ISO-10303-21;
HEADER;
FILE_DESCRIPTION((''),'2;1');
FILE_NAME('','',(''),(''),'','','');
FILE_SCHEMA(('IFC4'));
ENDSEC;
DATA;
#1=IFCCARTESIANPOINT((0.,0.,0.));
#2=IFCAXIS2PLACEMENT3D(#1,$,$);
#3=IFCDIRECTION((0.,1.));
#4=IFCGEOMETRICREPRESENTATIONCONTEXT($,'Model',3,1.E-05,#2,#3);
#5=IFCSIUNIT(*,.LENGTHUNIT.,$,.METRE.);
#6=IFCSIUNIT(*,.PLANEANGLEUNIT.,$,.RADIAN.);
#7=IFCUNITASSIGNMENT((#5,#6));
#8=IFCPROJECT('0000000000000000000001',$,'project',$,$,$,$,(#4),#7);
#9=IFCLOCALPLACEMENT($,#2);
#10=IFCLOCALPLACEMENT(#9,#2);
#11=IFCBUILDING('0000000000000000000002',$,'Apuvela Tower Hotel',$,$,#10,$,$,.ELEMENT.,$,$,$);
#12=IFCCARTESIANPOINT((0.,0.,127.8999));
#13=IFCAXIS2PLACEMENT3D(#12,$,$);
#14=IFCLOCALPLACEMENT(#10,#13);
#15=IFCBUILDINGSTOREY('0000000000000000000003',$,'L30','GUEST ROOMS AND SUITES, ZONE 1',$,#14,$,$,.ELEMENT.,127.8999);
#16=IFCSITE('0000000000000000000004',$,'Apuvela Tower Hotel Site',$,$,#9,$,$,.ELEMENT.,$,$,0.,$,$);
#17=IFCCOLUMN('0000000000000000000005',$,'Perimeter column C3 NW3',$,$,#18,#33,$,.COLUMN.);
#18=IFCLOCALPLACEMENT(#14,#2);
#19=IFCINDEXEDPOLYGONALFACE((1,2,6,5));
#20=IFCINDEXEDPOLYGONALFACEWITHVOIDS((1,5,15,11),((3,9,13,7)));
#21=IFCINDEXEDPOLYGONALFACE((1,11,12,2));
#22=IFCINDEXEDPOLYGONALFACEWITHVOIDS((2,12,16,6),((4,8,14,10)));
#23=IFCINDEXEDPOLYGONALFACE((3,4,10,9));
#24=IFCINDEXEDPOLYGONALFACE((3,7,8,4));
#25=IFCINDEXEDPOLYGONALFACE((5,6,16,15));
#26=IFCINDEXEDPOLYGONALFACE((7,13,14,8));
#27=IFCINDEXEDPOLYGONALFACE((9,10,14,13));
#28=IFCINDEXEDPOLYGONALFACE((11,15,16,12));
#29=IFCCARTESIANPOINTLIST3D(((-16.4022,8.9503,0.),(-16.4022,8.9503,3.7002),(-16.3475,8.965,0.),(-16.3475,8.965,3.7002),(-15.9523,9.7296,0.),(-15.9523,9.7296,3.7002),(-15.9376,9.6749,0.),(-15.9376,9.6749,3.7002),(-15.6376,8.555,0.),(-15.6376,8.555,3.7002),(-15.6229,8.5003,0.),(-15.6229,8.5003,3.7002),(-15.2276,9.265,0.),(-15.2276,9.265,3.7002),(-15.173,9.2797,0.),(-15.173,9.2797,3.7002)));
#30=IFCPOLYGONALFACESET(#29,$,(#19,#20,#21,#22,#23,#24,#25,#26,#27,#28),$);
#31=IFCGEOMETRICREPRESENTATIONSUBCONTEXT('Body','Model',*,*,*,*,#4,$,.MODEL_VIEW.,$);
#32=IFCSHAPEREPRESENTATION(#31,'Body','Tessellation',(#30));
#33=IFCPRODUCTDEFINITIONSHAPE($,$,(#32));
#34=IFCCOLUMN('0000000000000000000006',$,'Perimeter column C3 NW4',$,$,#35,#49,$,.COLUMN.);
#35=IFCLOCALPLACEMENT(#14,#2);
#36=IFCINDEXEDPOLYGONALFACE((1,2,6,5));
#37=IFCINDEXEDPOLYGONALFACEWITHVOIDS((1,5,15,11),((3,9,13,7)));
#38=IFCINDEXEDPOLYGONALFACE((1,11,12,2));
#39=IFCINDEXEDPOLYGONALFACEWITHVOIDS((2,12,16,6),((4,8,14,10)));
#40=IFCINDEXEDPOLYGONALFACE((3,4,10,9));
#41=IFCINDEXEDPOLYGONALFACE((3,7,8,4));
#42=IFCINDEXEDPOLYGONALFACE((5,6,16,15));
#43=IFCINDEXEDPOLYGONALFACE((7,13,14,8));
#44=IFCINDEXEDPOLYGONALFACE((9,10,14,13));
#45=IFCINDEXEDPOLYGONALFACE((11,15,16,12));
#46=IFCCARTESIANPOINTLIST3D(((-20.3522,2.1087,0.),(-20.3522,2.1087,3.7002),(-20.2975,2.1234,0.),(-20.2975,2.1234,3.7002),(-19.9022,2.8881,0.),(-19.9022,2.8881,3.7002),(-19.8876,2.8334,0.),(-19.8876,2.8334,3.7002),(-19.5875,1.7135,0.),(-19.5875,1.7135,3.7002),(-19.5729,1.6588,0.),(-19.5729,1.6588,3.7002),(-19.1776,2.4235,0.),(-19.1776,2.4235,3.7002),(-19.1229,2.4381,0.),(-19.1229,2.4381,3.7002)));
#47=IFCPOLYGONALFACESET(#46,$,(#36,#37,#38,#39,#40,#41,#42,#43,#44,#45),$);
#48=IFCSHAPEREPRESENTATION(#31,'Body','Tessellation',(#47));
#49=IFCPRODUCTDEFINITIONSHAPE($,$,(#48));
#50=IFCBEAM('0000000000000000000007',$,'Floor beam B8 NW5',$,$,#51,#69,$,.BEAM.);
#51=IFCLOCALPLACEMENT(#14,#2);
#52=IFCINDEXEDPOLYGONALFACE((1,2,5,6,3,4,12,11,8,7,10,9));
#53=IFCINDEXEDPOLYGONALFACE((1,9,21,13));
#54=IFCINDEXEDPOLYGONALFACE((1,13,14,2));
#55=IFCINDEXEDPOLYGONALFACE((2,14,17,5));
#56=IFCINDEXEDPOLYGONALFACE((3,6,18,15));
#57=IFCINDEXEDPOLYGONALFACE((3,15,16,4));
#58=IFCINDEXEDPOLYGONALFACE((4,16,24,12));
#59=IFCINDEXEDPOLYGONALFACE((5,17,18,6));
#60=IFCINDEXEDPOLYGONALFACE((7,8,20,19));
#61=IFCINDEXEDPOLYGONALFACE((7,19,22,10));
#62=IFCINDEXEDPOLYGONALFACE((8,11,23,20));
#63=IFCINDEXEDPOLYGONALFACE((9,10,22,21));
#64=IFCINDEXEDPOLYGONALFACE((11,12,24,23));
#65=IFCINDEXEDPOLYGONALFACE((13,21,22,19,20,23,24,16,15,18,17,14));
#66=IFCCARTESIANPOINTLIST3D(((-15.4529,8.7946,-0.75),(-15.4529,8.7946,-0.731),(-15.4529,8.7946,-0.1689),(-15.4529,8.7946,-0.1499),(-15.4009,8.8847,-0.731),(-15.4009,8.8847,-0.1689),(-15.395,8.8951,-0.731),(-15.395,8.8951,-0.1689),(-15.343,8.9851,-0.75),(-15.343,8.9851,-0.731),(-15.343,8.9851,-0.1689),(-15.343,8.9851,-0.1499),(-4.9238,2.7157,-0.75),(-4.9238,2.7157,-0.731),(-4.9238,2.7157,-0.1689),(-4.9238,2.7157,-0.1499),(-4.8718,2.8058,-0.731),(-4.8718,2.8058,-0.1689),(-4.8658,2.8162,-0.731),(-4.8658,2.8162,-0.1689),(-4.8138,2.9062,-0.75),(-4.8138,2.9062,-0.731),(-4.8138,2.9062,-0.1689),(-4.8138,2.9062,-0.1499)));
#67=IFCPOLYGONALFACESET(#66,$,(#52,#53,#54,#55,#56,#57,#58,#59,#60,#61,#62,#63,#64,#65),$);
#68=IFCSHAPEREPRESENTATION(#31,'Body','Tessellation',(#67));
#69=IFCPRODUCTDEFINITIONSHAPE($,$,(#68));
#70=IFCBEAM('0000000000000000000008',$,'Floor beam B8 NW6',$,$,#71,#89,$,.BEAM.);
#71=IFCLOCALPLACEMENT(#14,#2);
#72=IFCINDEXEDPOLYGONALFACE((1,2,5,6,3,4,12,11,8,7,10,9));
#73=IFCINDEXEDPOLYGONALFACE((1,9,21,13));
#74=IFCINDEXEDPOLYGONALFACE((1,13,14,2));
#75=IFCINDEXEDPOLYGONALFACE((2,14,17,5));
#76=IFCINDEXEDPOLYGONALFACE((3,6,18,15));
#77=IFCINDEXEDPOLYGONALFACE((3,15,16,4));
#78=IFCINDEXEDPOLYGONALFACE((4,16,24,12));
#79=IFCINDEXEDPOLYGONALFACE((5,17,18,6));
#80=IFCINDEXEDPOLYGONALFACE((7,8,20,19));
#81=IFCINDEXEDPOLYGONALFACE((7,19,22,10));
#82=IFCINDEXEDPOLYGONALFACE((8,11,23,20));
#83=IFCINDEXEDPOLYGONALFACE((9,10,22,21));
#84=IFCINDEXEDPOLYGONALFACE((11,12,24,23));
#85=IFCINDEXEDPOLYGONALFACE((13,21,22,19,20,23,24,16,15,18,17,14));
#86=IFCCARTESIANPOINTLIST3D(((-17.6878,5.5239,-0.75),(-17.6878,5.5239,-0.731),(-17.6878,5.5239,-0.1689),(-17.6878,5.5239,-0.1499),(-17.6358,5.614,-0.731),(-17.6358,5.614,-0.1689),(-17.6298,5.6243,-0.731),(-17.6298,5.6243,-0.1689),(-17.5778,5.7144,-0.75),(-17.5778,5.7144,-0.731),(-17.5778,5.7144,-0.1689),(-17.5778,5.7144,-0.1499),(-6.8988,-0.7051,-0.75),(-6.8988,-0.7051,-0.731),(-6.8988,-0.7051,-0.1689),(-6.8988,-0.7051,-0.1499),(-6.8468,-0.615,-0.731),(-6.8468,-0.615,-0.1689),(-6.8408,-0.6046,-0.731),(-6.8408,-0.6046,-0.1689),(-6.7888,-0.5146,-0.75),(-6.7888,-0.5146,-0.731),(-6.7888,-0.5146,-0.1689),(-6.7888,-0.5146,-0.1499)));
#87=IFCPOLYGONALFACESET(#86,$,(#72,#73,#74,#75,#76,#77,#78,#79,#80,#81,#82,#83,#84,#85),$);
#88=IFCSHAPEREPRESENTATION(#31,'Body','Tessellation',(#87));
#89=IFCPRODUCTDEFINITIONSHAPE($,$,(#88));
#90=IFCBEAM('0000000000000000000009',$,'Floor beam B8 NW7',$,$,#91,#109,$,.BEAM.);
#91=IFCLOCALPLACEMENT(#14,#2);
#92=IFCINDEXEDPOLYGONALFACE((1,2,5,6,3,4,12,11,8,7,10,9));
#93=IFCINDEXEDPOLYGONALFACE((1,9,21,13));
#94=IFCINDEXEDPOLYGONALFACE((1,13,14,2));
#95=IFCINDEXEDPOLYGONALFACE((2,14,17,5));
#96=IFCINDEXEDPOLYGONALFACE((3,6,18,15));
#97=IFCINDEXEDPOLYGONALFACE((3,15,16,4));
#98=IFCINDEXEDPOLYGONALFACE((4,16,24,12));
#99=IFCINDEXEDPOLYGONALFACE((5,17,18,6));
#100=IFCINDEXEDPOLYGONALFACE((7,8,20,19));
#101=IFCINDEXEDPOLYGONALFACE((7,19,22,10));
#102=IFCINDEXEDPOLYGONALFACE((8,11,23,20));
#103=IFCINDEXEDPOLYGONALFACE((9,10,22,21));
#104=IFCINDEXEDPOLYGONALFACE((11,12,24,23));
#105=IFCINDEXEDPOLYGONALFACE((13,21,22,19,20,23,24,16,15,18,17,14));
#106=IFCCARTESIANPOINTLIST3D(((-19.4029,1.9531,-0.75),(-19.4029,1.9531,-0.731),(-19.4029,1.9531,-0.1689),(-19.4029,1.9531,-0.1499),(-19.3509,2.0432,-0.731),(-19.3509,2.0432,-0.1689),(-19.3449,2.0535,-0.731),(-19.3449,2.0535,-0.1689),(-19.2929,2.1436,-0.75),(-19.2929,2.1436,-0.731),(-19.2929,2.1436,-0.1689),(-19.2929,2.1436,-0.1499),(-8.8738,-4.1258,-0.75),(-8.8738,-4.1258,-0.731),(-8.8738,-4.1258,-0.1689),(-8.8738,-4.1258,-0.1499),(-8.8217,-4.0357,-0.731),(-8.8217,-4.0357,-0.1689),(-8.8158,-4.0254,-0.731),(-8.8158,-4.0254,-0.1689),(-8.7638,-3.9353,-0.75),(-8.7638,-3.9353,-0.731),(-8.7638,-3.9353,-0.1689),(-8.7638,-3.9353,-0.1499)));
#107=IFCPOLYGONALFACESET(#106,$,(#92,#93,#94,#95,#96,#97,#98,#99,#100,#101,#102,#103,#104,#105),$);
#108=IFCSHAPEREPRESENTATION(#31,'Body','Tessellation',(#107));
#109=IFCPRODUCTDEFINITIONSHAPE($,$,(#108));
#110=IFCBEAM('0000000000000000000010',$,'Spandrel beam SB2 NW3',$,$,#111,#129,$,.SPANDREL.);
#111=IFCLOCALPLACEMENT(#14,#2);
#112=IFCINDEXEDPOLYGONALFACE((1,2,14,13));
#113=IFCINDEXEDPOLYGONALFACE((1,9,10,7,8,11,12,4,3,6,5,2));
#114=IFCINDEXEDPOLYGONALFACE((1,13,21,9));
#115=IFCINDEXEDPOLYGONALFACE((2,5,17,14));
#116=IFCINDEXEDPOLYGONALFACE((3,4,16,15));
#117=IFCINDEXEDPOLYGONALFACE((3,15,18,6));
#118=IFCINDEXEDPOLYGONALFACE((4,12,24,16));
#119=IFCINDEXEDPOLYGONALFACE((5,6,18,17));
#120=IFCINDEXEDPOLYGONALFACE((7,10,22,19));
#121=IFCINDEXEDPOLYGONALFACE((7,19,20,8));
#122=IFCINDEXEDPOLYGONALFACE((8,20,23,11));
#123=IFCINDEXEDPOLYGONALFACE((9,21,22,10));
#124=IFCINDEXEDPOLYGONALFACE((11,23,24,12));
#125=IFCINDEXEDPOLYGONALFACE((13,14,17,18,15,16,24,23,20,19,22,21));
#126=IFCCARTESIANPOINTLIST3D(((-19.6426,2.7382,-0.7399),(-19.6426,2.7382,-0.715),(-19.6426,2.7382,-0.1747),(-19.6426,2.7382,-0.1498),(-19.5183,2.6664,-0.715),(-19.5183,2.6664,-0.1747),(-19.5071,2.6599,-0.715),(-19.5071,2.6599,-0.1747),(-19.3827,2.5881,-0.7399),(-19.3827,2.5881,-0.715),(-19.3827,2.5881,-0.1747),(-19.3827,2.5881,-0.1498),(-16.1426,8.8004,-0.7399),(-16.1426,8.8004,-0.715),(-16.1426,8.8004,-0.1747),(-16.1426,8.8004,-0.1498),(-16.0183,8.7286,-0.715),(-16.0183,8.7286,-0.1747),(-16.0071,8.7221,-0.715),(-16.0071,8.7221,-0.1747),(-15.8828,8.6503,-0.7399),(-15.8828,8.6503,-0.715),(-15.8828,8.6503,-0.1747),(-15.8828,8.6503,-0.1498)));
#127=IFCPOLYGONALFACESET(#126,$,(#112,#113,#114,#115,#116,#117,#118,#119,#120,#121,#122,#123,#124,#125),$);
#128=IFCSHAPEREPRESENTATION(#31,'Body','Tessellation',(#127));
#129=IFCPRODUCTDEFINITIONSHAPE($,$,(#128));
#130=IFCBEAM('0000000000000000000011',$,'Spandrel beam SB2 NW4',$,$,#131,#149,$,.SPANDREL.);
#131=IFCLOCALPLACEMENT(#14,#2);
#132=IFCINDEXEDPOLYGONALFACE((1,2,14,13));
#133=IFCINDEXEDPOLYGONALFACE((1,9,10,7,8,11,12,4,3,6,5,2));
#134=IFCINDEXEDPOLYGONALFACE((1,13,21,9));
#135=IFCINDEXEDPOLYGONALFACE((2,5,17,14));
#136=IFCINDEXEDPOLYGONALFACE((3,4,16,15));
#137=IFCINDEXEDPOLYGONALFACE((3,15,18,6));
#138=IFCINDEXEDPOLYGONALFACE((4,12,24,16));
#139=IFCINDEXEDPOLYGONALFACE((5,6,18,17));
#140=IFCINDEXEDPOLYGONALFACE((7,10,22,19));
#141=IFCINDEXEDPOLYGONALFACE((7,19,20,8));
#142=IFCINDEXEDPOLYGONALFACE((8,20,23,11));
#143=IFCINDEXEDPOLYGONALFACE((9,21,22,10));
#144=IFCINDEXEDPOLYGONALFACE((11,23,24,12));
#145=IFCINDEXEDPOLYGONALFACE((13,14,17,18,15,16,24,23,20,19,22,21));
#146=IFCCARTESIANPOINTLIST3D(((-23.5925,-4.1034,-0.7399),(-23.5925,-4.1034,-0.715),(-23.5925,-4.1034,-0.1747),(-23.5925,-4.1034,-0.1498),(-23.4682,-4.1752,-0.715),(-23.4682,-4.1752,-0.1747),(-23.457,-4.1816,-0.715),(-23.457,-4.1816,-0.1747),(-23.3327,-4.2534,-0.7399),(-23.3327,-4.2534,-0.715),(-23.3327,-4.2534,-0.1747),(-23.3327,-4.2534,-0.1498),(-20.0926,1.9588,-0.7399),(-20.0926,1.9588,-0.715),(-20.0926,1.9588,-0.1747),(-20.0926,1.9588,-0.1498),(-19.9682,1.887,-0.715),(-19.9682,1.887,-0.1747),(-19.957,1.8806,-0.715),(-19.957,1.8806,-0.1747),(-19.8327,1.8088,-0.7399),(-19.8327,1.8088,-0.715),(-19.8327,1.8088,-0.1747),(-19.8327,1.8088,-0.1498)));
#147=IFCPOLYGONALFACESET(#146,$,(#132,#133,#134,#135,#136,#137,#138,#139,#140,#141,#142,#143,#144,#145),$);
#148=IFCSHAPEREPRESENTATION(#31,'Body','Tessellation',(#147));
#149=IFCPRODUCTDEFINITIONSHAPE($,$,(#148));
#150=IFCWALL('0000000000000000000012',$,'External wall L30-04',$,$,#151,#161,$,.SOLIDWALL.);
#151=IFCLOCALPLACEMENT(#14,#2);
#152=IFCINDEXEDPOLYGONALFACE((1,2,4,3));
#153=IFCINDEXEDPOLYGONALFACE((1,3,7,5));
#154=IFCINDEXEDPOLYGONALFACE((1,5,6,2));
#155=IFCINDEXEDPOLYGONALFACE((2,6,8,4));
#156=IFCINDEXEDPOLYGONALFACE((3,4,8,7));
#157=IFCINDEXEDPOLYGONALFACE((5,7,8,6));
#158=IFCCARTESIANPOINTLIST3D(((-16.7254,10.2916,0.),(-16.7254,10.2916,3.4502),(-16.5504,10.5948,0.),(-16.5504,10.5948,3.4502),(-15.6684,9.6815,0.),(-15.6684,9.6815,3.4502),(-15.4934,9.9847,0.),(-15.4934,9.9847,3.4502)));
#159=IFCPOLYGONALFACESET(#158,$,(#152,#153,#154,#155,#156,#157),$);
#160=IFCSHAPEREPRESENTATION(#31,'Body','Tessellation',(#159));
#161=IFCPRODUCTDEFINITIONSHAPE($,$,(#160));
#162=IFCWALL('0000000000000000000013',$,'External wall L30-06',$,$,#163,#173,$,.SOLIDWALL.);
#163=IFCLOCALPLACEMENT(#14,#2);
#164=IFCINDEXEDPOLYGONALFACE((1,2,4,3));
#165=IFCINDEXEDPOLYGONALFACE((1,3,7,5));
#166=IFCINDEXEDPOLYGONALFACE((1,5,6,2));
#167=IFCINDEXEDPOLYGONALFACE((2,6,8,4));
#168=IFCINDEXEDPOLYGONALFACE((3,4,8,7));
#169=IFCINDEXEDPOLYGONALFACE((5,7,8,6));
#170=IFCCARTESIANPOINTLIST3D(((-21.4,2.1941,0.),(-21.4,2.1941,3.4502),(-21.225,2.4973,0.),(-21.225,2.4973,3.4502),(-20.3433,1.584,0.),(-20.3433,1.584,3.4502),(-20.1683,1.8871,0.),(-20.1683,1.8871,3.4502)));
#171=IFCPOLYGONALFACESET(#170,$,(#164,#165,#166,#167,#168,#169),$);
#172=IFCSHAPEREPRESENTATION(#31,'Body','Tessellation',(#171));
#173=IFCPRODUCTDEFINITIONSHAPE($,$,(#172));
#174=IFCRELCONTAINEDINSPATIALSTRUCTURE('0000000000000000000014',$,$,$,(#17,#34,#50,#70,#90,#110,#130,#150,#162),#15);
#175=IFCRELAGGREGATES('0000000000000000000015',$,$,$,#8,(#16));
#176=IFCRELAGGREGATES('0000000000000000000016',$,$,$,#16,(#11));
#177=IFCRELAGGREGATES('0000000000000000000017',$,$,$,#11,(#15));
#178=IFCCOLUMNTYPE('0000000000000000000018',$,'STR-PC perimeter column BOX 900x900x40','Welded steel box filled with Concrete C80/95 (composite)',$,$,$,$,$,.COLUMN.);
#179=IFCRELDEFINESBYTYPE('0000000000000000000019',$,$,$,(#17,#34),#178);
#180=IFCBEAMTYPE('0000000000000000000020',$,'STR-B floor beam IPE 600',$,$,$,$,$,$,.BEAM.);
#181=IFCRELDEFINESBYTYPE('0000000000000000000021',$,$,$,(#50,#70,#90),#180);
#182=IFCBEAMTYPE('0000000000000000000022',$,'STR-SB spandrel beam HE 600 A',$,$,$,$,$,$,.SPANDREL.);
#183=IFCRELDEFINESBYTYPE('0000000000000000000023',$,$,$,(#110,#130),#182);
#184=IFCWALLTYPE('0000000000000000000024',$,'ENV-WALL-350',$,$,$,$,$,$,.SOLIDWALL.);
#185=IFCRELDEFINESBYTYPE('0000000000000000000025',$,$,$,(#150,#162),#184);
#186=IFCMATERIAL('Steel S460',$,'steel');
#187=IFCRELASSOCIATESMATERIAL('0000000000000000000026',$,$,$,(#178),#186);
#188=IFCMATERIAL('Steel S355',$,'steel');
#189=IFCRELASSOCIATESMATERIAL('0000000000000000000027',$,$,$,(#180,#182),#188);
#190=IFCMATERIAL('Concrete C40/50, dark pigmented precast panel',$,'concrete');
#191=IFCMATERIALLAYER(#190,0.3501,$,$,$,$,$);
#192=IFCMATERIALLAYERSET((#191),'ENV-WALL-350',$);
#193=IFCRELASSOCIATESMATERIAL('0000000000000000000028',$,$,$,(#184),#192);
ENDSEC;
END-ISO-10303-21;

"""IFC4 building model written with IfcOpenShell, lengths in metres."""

from ifc_helpers import new_model, si_unit, direction, frame, frame_2d, origin, origin_2d, place, context, subcontext, project, spatial, rectangle, hollow_rectangle, i_section, extrude, material, layer, layer_set, material_profile, profile_set, type_object, element, save


model = new_model("IFC4")

# Units and contexts
model_context = context("Model", 3, precision=1e-05, world=origin(), true_north=direction((0.0, 1.0)))
body_context = subcontext(model_context, "Body", "Model", "MODEL_VIEW")
ifc_project = project(units=[si_unit("LENGTHUNIT", "METRE"), si_unit("PLANEANGLEUNIT", "RADIAN")], contexts=[model_context])

# Site, building, storey
site_placement = place(None, origin())
site = spatial("IfcSite", under=ifc_project, at=site_placement, Name="Apuvela Tower Hotel Site", CompositionType="ELEMENT", RefElevation=0.0)
building_placement = place(site_placement, origin())
building = spatial("IfcBuilding", under=site, at=building_placement, Name="Apuvela Tower Hotel", CompositionType="ELEMENT")
storey_placement = place(building_placement, frame((0.0, 0.0, 127.8999)))
storey = spatial("IfcBuildingStorey", under=building, at=storey_placement, Name="L30", Description="GUEST ROOMS AND SUITES, ZONE 1", CompositionType="ELEMENT", Elevation=127.8999)

# Columns
ifc_material_1 = material(Name="Steel S460", Category="steel")
ifc_material_profile_1 = material_profile(ifc_material_1, hollow_rectangle(XDim=0.8999, YDim=0.8999, WallThickness=0.04, at=origin_2d()), Name="BOX 900x900x40")
ifc_material_2 = material(Name="Concrete C80/95", Category="concrete")
ifc_material_profile_2 = material_profile(ifc_material_2, rectangle(XDim=0.8201, YDim=0.8201, at=origin_2d()), Name="Concrete C80/95 infill")
ifc_profile_set_1 = profile_set([ifc_material_profile_1, ifc_material_profile_2], Name="Steel S460")
column_type = type_object("IfcColumnType", Name="STR-PC perimeter column BOX 900x900x40", Description="Welded steel box filled with Concrete C80/95 (composite)", PredefinedType="COLUMN", material=ifc_profile_set_1)
for number, where, z_axis, x_axis, name in (
    (1, (-15.7876, 9.115, 0.0), (0.0, 0.0, 1.0), (0.5, 0.866025, 0.0), "Perimeter column C3 NW3"),
    (2, (-19.7375, 2.2734, 0.0), (0.0, 0.0, 1.0), (0.5, 0.866025, 0.0), "Perimeter column C3 NW4"),
):
    element("IfcColumn", number, at=place(storey_placement, frame(where, z_axis=z_axis, x_axis=x_axis)), inside=storey, type_object=column_type, Name=name, PredefinedType="COLUMN", context=body_context, shape_type="SweptSolid", body=[
        extrude(hollow_rectangle(XDim=0.8999, YDim=0.8999, WallThickness=0.04, at=origin_2d()), origin(), (0.0, 0.0, 1.0), 3.7002),
    ])

# Beams
ifc_material_3 = material(Name="Steel S355", Category="steel")
ifc_material_profile_3 = material_profile(ifc_material_3, i_section(OverallWidth=0.22, OverallDepth=0.6001, WebThickness=0.012, FlangeThickness=0.019, at=origin_2d()), Name="IPE 600")
ifc_profile_set_2 = profile_set([ifc_material_profile_3], Name="Steel S355")
beam_type_1 = type_object("IfcBeamType", Name="STR-B floor beam IPE 600", PredefinedType="BEAM", material=ifc_profile_set_2)
beam_1_placement = place(storey_placement, frame((-15.3979, 8.8899, -0.45), z_axis=(0.866029, -0.499994, 0.0), x_axis=(0.499994, 0.866029, 0.0)))
element("IfcBeam", 3, at=beam_1_placement, inside=storey, type_object=beam_type_1, Name="Floor beam B8 NW5", PredefinedType="BEAM", context=body_context, shape_type="SweptSolid", body=[
    extrude(i_section(OverallWidth=0.22, OverallDepth=0.6001, WebThickness=0.012, FlangeThickness=0.019, at=origin_2d()), origin(), (0.0, 0.0, 1.0), 12.158),
])
beam_2_placement = place(storey_placement, frame((-17.6328, 5.6191, -0.45), z_axis=(0.866028, -0.499996, 0.0), x_axis=(0.499996, 0.866028, 0.0)))
element("IfcBeam", 4, at=beam_2_placement, inside=storey, type_object=beam_type_1, Name="Floor beam B8 NW6", PredefinedType="BEAM", context=body_context, shape_type="SweptSolid", body=[
    extrude(i_section(OverallWidth=0.22, OverallDepth=0.6001, WebThickness=0.012, FlangeThickness=0.019, at=origin_2d()), origin(), (0.0, 0.0, 1.0), 12.458),
])
beam_3_placement = place(storey_placement, frame((-19.3479, 2.0483, -0.45), z_axis=(0.866029, -0.499994, 0.0), x_axis=(0.499994, 0.866029, 0.0)))
element("IfcBeam", 5, at=beam_3_placement, inside=storey, type_object=beam_type_1, Name="Floor beam B8 NW7", PredefinedType="BEAM", context=body_context, shape_type="SweptSolid", body=[
    extrude(i_section(OverallWidth=0.22, OverallDepth=0.6001, WebThickness=0.012, FlangeThickness=0.019, at=origin_2d()), origin(), (0.0, 0.0, 1.0), 12.158),
])
ifc_material_profile_4 = material_profile(ifc_material_3, i_section(OverallWidth=0.3, OverallDepth=0.5901, WebThickness=0.0129, FlangeThickness=0.0249, at=origin_2d()), Name="HE 600 A")
ifc_profile_set_3 = profile_set([ifc_material_profile_4], Name="Steel S355")
beam_type_2 = type_object("IfcBeamType", Name="STR-SB spandrel beam HE 600 A", PredefinedType="SPANDREL", material=ifc_profile_set_3)
for number, where, z_axis, x_axis, name in (
    (6, (-16.0127, 8.7253, -0.4448), (-0.499995, -0.866028, 0.0), (0.866028, -0.499995, 0.0), "Spandrel beam SB2 NW3"),
    (7, (-19.9626, 1.8838, -0.4448), (-0.499995, -0.866028, 0.0), (0.866028, -0.499995, 0.0), "Spandrel beam SB2 NW4"),
):
    element("IfcBeam", number, at=place(storey_placement, frame(where, z_axis=z_axis, x_axis=x_axis)), inside=storey, type_object=beam_type_2, Name=name, PredefinedType="SPANDREL", context=body_context, shape_type="SweptSolid", body=[
        extrude(i_section(OverallWidth=0.3, OverallDepth=0.5901, WebThickness=0.0129, FlangeThickness=0.0249, at=origin_2d()), origin(), (0.0, 0.0, 1.0), 7.0),
    ])

# Wall
ifc_material_4 = material(Name="Concrete C40/50, dark pigmented precast panel", Category="concrete")
ifc_layer_1 = layer(ifc_material_4, 0.3501)
ifc_layer_set_1 = layer_set([ifc_layer_1], Name="ENV-WALL-350")
wall_type_1 = type_object("IfcWallType", Name="ENV-WALL-350", PredefinedType="SOLIDWALL", material=ifc_layer_set_1)
wall_1_placement = place(storey_placement, frame((-15.5808, 9.833, 0.0), z_axis=(0.0, 0.0, 1.0), x_axis=(-0.866056, 0.499948, 0.0)))
element("IfcWall", 8, at=wall_1_placement, inside=storey, type_object=wall_type_1, Name="External wall L30-04", PredefinedType="SOLIDWALL", context=body_context, shape_type="SweptSolid", body=[
    extrude(rectangle(XDim=1.2205, YDim=0.3501, at=frame_2d((0.6104, 0.0))), origin(), (0.0, 0.0, 1.0), 3.4502),
])

# Wall
wall_2_placement = place(storey_placement, frame((-21.3125, 2.3457, 0.0), z_axis=(0.0, 0.0, 1.0), x_axis=(0.866006, -0.500034, 0.0)))
element("IfcWall", 9, at=wall_2_placement, inside=storey, type_object=wall_type_1, Name="External wall L30-06", PredefinedType="SOLIDWALL", context=body_context, shape_type="SweptSolid", body=[
    extrude(rectangle(XDim=1.2202, YDim=0.3501, at=frame_2d((0.6101, 0.0))), origin(), (0.0, 0.0, 1.0), 3.4502),
])

save(model, "model.ifc")
